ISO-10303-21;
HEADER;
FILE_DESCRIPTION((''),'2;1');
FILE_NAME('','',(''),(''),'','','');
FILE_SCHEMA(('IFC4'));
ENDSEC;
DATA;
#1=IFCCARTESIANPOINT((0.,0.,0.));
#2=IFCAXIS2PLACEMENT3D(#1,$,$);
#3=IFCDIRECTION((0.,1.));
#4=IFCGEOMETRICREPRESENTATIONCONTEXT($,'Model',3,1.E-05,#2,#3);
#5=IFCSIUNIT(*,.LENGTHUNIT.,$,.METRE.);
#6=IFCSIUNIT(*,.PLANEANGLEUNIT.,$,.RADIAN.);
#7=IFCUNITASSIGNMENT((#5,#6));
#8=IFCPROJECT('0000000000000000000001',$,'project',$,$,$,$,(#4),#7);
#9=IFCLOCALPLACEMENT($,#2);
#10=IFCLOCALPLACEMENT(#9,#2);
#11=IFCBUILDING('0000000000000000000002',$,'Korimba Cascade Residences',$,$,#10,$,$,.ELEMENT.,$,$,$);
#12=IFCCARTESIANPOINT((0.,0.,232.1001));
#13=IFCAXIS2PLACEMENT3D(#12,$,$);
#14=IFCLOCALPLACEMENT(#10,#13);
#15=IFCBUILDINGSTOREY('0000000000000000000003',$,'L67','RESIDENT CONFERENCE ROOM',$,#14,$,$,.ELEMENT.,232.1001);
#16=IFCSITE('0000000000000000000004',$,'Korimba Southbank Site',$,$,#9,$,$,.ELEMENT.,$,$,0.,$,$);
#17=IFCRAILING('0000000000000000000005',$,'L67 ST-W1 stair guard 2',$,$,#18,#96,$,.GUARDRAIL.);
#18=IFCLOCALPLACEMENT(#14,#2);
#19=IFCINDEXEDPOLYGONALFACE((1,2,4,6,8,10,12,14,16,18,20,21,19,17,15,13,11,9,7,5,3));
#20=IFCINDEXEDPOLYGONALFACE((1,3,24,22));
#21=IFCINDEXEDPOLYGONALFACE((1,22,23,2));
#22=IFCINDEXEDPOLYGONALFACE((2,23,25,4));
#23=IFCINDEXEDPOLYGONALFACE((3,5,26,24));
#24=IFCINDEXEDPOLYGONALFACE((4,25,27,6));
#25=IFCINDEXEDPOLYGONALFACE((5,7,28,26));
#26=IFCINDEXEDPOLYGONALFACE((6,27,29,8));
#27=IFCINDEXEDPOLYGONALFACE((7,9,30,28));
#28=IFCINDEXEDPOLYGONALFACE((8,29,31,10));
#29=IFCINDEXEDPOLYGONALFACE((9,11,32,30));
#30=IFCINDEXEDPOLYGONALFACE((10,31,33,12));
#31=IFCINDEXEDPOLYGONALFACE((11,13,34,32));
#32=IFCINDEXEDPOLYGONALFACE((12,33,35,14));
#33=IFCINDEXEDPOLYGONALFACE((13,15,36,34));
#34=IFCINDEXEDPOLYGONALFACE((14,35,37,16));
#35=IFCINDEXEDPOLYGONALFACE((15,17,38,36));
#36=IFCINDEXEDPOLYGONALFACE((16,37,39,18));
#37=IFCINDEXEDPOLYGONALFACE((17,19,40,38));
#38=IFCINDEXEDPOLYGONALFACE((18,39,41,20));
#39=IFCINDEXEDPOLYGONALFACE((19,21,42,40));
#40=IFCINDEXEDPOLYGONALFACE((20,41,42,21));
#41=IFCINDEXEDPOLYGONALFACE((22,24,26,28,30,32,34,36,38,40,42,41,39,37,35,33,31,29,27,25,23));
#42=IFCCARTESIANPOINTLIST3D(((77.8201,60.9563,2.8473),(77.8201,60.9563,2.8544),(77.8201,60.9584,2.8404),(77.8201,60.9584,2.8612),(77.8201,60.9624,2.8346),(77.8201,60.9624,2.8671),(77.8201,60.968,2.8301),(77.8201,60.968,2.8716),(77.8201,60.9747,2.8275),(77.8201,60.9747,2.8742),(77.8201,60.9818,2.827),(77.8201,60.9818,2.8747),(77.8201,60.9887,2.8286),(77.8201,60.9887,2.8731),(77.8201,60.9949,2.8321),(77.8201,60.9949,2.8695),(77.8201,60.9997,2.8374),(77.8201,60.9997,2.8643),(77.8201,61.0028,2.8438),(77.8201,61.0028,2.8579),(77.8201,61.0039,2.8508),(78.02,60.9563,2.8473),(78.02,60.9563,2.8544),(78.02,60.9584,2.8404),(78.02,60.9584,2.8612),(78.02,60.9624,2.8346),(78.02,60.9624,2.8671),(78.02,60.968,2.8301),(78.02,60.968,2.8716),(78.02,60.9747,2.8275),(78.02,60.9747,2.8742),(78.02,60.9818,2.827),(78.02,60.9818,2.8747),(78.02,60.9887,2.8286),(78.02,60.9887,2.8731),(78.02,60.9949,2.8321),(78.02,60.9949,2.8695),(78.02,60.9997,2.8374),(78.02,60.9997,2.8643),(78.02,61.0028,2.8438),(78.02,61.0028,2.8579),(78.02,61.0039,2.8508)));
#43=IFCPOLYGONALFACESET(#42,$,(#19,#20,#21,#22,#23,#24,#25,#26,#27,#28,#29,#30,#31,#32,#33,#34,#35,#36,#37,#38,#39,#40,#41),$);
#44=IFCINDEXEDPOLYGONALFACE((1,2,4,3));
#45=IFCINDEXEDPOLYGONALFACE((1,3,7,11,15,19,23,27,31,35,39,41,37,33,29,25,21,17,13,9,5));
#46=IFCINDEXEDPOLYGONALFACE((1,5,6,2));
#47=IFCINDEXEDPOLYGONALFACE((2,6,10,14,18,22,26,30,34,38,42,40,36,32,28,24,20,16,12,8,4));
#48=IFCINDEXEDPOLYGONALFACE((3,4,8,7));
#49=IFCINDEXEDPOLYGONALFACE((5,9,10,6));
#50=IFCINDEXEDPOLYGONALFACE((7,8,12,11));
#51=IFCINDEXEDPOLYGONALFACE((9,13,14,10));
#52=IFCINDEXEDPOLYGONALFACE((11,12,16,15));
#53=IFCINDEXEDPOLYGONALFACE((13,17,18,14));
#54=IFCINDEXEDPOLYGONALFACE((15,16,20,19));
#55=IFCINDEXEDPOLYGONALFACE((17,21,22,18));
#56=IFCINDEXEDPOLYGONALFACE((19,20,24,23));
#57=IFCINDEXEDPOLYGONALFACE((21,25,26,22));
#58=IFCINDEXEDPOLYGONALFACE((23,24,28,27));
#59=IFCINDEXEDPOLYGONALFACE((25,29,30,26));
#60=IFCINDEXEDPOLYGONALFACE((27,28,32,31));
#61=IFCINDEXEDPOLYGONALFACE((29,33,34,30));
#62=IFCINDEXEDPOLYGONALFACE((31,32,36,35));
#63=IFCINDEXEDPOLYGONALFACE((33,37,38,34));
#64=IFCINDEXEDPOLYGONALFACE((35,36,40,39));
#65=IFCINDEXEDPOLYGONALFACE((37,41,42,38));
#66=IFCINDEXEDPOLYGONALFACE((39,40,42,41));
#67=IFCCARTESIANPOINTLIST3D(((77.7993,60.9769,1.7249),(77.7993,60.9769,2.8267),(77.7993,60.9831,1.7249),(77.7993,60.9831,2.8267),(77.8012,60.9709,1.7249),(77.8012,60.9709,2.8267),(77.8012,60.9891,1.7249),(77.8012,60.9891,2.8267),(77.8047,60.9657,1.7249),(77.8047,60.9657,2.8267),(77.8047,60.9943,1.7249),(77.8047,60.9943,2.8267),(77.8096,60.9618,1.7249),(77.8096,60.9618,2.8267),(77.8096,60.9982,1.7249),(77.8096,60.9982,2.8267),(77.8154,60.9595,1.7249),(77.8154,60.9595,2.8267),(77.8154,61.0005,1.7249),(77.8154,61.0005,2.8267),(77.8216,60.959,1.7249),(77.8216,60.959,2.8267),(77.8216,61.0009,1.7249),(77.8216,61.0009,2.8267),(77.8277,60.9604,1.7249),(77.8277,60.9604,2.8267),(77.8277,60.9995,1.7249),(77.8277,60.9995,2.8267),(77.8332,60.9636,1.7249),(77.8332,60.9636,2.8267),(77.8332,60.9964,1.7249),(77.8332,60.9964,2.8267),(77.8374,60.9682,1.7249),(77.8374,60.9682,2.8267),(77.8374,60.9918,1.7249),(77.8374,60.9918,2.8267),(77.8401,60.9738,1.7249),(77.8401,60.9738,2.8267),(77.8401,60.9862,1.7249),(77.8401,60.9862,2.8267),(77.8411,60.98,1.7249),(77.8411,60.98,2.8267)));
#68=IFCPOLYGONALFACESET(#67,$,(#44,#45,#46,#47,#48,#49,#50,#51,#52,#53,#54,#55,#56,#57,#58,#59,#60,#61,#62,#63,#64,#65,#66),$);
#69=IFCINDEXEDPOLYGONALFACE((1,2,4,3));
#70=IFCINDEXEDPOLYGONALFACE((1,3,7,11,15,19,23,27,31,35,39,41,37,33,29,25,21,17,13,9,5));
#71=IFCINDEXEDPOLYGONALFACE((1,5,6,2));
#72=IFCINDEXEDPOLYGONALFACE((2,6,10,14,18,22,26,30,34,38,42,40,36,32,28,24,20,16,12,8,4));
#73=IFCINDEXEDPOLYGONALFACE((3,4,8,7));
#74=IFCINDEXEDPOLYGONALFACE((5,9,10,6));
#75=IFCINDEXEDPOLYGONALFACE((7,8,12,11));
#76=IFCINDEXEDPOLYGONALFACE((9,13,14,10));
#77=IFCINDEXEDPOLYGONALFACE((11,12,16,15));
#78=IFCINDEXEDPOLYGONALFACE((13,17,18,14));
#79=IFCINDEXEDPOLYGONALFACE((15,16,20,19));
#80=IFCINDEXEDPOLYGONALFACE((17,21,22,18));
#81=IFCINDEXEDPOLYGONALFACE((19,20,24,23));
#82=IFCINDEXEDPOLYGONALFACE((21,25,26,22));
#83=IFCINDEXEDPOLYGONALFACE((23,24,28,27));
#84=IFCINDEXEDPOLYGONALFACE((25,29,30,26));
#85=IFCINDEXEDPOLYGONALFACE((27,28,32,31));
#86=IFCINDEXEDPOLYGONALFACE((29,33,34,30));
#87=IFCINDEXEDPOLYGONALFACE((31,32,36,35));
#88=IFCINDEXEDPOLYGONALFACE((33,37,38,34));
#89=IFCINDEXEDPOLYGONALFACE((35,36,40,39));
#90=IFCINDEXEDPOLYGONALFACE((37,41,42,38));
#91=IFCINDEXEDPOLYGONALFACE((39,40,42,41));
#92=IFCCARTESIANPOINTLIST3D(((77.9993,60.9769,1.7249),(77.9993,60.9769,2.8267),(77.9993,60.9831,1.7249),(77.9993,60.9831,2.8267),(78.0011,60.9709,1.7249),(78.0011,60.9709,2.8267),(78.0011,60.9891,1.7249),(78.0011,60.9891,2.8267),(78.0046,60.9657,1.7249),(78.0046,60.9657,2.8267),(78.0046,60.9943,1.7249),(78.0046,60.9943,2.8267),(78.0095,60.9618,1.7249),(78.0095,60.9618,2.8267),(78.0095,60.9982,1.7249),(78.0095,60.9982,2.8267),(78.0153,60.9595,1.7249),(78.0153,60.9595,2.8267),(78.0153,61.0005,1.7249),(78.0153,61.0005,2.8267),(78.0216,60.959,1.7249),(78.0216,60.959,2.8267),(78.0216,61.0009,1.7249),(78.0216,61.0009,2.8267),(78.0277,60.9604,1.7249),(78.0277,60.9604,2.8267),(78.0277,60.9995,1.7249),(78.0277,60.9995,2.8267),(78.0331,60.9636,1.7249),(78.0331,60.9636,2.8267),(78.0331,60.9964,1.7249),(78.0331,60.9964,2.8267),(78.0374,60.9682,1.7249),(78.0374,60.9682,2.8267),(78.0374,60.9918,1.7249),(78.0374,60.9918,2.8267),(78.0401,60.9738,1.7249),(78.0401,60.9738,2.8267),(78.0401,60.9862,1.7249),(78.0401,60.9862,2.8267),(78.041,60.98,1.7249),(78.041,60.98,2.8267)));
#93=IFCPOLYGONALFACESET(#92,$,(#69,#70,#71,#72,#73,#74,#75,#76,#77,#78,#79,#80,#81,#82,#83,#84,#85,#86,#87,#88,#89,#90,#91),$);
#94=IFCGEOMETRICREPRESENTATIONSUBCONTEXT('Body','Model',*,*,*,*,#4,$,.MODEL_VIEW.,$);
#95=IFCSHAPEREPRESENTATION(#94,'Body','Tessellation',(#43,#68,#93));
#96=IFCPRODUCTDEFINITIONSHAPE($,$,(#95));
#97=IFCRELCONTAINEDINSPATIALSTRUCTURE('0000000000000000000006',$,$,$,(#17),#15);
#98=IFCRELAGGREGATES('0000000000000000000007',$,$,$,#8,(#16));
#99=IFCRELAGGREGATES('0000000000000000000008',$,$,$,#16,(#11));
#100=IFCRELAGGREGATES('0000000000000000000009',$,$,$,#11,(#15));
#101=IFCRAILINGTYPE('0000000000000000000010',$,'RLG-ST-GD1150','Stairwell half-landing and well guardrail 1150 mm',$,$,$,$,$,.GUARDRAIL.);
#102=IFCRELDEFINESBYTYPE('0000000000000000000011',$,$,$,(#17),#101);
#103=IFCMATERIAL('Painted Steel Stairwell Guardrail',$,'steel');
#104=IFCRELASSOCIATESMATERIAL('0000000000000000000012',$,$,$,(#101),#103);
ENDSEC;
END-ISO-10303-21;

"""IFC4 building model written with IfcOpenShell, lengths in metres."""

from ifc_helpers import new_model, si_unit, direction, frame, origin, origin_2d, place, context, subcontext, project, spatial, circle, extrude, material, type_object, element, save


model = new_model("IFC4")

# Units and contexts
model_context = context("Model", 3, precision=1e-05, world=origin(), true_north=direction((0.0, 1.0)))
body_context = subcontext(model_context, "Body", "Model", "MODEL_VIEW")
ifc_project = project(units=[si_unit("LENGTHUNIT", "METRE"), si_unit("PLANEANGLEUNIT", "RADIAN")], contexts=[model_context])

# Site, building, storey
site_placement = place(None, origin())
site = spatial("IfcSite", under=ifc_project, at=site_placement, Name="Korimba Southbank Site", CompositionType="ELEMENT", RefElevation=0.0)
building_placement = place(site_placement, origin())
building = spatial("IfcBuilding", under=site, at=building_placement, Name="Korimba Cascade Residences", CompositionType="ELEMENT")
storey_placement = place(building_placement, frame((0.0, 0.0, 232.1001)))
storey = spatial("IfcBuildingStorey", under=building, at=storey_placement, Name="L67", Description="RESIDENT CONFERENCE ROOM", CompositionType="ELEMENT", Elevation=232.1001)

# Railing
ifc_material_1 = material(Name="Painted Steel Stairwell Guardrail", Category="steel")
railing_type_1 = type_object("IfcRailingType", Name="RLG-ST-GD1150", Description="Stairwell half-landing and well guardrail 1150 mm", PredefinedType="GUARDRAIL", material=ifc_material_1)
railing_1_placement = place(storey_placement, frame((77.8201, 60.98, 1.7249)))
element("IfcRailing", 1, at=railing_1_placement, inside=storey, type_object=railing_type_1, Name="L67 ST-W1 stair guard 2", PredefinedType="GUARDRAIL", context=body_context, shape_type="SweptSolid", body=[
    extrude(circle(Radius=0.0239, at=origin_2d()), frame((0.0, 0.0, 1.126), z_axis=(1.0, 0.0, 0.0), x_axis=(0.0, 1.0, 0.0)), (0.0, 0.0, 1.0), 0.2),
    extrude(circle(Radius=0.021, at=origin_2d()), origin(), (0.0, 0.0, 1.0), 1.1018),
    extrude(circle(Radius=0.021, at=origin_2d()), frame((0.2, 0.0, 0.0)), (0.0, 0.0, 1.0), 1.1018),
])

save(model, "model.ifc")
